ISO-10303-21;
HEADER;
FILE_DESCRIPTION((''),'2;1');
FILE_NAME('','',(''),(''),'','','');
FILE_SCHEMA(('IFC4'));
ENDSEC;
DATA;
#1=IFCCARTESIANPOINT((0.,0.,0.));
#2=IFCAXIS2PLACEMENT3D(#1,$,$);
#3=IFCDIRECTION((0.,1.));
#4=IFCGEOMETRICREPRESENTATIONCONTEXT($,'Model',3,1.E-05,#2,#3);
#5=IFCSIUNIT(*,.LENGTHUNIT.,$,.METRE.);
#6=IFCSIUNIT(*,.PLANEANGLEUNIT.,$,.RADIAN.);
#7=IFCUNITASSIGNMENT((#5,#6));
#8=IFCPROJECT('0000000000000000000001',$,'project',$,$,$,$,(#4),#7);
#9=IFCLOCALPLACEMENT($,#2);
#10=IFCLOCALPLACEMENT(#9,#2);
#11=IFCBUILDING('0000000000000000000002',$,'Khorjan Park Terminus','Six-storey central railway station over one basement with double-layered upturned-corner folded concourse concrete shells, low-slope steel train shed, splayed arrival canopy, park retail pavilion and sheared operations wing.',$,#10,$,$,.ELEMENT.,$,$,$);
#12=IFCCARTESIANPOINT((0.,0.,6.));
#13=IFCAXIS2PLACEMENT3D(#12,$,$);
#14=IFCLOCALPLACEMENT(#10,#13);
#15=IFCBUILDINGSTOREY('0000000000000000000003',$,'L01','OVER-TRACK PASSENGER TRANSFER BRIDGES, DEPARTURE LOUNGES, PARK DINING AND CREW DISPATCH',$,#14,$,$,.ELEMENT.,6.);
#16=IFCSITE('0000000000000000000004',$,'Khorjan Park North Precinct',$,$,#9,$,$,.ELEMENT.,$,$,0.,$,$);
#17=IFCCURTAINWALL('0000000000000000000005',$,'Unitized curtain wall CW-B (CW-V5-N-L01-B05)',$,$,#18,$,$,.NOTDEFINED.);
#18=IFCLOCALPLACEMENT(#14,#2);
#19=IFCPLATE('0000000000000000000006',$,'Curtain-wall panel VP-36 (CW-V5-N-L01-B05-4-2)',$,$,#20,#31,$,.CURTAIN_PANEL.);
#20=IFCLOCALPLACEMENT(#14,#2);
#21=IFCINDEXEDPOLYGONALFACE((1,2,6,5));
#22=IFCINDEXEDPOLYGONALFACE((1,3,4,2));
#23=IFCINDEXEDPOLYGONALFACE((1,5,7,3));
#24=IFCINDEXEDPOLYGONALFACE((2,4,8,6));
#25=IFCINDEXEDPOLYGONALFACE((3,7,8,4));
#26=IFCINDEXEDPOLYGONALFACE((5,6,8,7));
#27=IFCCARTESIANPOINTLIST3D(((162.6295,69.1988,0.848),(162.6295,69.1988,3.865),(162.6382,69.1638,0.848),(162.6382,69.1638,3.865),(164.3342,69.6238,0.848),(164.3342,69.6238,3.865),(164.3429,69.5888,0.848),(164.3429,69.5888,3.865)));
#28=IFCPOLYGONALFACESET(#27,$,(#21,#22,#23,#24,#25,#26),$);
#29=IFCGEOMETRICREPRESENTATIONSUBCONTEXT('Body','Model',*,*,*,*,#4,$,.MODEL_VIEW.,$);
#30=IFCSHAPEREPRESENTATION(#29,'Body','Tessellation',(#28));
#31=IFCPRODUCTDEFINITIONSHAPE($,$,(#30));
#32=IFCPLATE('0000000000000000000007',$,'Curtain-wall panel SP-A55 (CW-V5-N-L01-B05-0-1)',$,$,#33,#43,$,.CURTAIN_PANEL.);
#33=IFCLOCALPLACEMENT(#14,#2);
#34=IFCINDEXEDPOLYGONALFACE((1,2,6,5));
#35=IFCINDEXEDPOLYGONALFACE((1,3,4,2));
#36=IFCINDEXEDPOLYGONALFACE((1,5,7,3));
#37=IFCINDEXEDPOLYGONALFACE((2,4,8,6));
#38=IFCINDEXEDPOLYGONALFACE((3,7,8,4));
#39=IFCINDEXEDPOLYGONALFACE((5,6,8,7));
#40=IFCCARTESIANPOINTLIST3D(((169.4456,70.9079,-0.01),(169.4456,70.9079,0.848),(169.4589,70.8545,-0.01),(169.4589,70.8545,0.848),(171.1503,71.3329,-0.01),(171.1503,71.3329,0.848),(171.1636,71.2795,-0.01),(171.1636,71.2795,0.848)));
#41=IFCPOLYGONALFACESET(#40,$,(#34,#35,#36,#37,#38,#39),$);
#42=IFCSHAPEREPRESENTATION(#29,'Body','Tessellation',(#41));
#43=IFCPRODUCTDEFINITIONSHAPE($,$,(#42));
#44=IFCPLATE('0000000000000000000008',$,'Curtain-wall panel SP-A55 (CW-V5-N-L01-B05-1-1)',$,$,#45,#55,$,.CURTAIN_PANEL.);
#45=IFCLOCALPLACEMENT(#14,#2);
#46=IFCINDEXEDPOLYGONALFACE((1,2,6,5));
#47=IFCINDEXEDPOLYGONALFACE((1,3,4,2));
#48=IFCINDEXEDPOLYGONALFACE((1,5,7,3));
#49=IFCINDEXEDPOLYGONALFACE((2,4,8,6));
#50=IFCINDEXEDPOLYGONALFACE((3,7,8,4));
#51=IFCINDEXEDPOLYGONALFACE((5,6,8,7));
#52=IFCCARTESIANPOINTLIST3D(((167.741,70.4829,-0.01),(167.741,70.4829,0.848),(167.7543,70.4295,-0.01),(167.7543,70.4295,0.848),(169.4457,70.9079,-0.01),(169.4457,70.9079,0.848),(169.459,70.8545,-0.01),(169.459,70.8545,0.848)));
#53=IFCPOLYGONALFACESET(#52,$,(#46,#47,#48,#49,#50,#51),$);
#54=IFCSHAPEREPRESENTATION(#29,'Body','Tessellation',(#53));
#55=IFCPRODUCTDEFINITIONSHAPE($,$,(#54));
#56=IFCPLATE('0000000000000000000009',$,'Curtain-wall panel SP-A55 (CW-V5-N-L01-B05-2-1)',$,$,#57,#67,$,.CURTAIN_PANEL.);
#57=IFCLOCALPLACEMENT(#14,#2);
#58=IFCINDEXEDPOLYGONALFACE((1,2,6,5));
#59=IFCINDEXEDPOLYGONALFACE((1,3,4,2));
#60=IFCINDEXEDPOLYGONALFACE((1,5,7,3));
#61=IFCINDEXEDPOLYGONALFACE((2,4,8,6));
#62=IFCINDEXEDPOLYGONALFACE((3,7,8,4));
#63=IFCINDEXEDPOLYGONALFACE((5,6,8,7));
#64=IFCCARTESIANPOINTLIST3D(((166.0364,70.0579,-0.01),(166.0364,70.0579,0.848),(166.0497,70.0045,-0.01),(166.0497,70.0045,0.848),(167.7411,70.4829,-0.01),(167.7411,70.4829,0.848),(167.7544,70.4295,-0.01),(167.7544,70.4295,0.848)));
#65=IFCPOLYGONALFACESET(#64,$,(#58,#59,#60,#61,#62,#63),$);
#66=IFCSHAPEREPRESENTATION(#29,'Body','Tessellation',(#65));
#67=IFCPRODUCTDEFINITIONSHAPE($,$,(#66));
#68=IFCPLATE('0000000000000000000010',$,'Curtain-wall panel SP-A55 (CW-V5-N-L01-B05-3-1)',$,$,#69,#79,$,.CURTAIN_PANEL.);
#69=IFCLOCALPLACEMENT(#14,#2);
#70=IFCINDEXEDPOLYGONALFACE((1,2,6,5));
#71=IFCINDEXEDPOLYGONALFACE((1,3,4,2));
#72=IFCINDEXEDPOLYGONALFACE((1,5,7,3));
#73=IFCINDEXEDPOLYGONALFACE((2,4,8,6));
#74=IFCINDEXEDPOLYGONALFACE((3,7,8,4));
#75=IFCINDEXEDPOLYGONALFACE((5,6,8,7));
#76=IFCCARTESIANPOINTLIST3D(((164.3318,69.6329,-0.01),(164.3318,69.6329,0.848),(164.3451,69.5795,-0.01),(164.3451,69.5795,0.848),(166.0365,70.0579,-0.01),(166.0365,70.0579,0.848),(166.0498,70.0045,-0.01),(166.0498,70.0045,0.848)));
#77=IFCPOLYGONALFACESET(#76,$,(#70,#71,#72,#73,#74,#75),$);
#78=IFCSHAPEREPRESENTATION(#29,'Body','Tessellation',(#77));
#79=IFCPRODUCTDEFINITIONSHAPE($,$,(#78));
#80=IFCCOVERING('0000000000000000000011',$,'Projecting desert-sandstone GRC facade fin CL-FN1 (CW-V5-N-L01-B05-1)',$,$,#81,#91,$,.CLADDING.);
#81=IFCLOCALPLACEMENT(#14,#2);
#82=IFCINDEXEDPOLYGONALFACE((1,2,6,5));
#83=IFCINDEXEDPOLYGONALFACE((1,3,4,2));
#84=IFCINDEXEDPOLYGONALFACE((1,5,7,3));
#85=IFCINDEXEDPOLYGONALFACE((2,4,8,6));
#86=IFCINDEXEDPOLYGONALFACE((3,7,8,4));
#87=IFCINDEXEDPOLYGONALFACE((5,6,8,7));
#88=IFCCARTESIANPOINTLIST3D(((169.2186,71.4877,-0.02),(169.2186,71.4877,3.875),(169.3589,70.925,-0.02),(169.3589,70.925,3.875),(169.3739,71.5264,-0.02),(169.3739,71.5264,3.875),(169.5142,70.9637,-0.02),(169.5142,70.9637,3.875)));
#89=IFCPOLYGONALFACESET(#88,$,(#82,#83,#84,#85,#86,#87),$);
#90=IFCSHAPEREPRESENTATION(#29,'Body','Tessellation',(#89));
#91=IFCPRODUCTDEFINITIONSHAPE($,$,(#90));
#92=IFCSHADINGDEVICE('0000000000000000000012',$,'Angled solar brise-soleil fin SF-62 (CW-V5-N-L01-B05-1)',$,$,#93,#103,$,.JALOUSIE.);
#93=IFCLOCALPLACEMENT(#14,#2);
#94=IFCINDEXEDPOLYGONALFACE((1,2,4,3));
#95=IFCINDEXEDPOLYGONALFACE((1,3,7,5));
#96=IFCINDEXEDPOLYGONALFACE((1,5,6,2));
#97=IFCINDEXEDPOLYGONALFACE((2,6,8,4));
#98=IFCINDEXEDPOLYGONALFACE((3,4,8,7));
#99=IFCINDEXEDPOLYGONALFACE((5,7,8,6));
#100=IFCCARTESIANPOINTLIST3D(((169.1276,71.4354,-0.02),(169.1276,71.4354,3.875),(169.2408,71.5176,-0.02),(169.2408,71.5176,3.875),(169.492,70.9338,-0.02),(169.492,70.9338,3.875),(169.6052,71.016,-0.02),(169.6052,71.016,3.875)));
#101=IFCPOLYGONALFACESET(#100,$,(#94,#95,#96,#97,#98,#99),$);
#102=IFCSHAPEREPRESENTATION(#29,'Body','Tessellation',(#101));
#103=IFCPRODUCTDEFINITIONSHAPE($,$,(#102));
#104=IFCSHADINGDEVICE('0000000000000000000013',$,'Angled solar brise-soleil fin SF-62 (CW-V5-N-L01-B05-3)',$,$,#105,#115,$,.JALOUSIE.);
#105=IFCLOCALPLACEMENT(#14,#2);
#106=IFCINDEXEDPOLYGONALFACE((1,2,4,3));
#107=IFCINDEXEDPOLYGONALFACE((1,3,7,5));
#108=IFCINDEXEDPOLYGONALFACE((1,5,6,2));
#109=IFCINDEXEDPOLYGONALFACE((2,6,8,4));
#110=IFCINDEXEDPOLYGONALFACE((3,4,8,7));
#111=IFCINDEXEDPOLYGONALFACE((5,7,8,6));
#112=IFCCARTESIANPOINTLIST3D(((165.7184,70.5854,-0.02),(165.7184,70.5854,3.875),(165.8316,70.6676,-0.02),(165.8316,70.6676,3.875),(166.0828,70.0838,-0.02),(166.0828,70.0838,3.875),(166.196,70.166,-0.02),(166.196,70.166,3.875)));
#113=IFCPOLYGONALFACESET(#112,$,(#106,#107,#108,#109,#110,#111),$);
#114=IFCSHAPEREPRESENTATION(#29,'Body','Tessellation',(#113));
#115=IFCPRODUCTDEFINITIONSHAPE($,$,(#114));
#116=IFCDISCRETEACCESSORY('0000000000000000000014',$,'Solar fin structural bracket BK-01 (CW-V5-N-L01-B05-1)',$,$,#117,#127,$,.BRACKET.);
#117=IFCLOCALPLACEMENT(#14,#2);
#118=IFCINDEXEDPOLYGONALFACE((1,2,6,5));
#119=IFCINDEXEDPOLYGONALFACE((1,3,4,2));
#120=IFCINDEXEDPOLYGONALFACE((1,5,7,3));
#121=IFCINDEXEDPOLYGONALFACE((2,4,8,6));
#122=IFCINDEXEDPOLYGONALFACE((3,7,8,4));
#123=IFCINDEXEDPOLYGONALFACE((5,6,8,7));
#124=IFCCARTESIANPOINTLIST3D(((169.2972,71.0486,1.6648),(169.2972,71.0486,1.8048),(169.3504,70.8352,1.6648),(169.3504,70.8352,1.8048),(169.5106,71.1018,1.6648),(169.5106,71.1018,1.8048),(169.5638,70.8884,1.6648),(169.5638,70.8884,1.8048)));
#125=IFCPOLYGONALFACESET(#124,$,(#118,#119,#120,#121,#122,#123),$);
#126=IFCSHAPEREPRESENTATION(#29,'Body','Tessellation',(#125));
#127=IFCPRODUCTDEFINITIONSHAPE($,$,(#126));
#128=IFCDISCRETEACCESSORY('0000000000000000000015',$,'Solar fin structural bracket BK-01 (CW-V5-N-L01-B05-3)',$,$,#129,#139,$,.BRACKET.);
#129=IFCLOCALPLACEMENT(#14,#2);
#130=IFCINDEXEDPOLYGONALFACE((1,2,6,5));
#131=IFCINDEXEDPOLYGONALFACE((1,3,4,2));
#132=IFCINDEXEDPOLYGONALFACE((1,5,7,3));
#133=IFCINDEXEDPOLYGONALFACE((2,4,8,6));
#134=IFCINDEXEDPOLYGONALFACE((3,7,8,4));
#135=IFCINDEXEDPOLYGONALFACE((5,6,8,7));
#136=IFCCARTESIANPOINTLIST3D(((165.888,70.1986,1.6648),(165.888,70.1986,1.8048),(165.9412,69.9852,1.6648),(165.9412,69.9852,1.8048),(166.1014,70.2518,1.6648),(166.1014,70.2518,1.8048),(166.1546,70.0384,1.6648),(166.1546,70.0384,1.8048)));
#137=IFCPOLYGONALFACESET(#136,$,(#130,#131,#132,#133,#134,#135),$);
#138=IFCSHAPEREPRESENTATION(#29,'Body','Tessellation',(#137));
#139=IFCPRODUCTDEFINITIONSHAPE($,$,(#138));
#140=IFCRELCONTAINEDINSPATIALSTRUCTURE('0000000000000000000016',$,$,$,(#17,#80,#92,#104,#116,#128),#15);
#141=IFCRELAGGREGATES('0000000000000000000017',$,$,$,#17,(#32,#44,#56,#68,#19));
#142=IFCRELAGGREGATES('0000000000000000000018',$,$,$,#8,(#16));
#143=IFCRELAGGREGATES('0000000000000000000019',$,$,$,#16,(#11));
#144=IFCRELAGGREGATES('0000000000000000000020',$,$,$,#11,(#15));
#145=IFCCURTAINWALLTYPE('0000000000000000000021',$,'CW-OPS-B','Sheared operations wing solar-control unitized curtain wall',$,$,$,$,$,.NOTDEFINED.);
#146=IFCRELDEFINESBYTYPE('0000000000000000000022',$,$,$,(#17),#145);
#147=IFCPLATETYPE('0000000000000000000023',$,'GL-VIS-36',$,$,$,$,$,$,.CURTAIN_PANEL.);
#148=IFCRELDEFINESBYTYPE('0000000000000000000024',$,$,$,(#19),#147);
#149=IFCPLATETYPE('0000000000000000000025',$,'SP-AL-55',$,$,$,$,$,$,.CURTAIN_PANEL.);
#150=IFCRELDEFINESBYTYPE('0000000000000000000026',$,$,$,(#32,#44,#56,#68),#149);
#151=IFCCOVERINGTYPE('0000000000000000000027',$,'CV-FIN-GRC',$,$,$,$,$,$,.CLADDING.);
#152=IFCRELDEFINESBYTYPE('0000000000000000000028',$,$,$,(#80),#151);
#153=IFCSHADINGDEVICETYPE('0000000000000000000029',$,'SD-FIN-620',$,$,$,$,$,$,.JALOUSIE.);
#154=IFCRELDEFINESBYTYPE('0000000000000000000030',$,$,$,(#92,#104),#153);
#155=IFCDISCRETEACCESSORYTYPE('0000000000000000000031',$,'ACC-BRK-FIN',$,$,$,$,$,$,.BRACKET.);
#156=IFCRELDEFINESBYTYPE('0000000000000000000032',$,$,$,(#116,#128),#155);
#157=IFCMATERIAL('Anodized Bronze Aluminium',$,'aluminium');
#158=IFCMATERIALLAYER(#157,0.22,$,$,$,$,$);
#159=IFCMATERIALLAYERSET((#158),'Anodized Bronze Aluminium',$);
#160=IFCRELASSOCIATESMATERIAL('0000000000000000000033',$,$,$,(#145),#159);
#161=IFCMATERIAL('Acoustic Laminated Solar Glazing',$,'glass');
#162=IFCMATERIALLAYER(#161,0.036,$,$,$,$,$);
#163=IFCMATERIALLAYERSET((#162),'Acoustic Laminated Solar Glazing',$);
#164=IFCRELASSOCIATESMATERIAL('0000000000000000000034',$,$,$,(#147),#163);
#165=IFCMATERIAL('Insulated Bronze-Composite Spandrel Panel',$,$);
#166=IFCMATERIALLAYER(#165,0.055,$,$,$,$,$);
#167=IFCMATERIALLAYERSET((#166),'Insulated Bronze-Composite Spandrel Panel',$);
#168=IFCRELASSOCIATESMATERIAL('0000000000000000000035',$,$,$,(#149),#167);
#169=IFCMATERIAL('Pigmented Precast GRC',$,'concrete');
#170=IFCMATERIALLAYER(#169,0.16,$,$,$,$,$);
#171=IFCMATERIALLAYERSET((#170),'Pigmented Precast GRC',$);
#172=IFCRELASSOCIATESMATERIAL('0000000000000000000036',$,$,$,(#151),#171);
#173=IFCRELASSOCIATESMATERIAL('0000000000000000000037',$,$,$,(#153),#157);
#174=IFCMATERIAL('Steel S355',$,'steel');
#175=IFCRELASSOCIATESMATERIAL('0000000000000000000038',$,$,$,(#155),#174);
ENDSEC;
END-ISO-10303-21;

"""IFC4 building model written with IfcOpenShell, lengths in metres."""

from ifc_helpers import new_model, si_unit, direction, frame, origin, origin_2d, place, context, subcontext, project, spatial, rectangle, extrude, material, layer, layer_set, type_object, element, aggregate, save


model = new_model("IFC4")

# Units and contexts
model_context = context("Model", 3, precision=1e-05, world=origin(), true_north=direction((0.0, 1.0)))
body_context = subcontext(model_context, "Body", "Model", "MODEL_VIEW")
ifc_project = project(units=[si_unit("LENGTHUNIT", "METRE"), si_unit("PLANEANGLEUNIT", "RADIAN")], contexts=[model_context])

# Site, building, storey
site_placement = place(None, origin())
site = spatial("IfcSite", under=ifc_project, at=site_placement, Name="Khorjan Park North Precinct", CompositionType="ELEMENT", RefElevation=0.0)
building_placement = place(site_placement, origin())
building = spatial("IfcBuilding", under=site, at=building_placement, Name="Khorjan Park Terminus", Description="Six-storey central railway station over one basement with double-layered upturned-corner folded concourse concrete shells, low-slope steel train shed, splayed arrival canopy, park retail pavilion and sheared operations wing.", CompositionType="ELEMENT")
storey_placement = place(building_placement, frame((0.0, 0.0, 6.0)))
storey = spatial("IfcBuildingStorey", under=building, at=storey_placement, Name="L01", Description="OVER-TRACK PASSENGER TRANSFER BRIDGES, DEPARTURE LOUNGES, PARK DINING AND CREW DISPATCH", CompositionType="ELEMENT", Elevation=6.0)

# Curtain wall, plates
ifc_material_1 = material(Name="Anodized Bronze Aluminium", Category="aluminium")
ifc_layer_1 = layer(ifc_material_1, 0.22)
ifc_layer_set_1 = layer_set([ifc_layer_1], Name="Anodized Bronze Aluminium")
curtain_wall_type = type_object("IfcCurtainWallType", Name="CW-OPS-B", Description="Sheared operations wing solar-control unitized curtain wall", PredefinedType="NOTDEFINED", material=ifc_layer_set_1)
curtain_wall_placement = place(storey_placement, origin())
curtain_wall = element("IfcCurtainWall", 1, at=curtain_wall_placement, inside=storey, type_object=curtain_wall_type, Name="Unitized curtain wall CW-B (CW-V5-N-L01-B05)", PredefinedType="NOTDEFINED")
ifc_material_2 = material(Name="Acoustic Laminated Solar Glazing", Category="glass")
ifc_layer_2 = layer(ifc_material_2, 0.036)
ifc_layer_set_2 = layer_set([ifc_layer_2], Name="Acoustic Laminated Solar Glazing")
plate_type_1 = type_object("IfcPlateType", Name="GL-VIS-36", PredefinedType="CURTAIN_PANEL", material=ifc_layer_set_2)
plate_1_placement = place(storey_placement, frame((163.4862, 69.3938, 0.848), z_axis=(0.0, 0.0, 1.0), x_axis=(-0.970299, -0.241911, 0.0)))
plate_1 = element("IfcPlate", 2, at=plate_1_placement, type_object=plate_type_1, Name="Curtain-wall panel VP-36 (CW-V5-N-L01-B05-4-2)", PredefinedType="CURTAIN_PANEL", context=body_context, shape_type="SweptSolid", body=[
    extrude(rectangle(XDim=1.7568, YDim=0.036, at=origin_2d()), origin(), (0.0, 0.0, 1.0), 3.017),
])
ifc_material_3 = material(Name="Insulated Bronze-Composite Spandrel Panel")
ifc_layer_3 = layer(ifc_material_3, 0.055)
ifc_layer_set_3 = layer_set([ifc_layer_3], Name="Insulated Bronze-Composite Spandrel Panel")
plate_type_2 = type_object("IfcPlateType", Name="SP-AL-55", PredefinedType="CURTAIN_PANEL", material=ifc_layer_set_3)
plate_2_placement = place(storey_placement, frame((170.3046, 71.0937, -0.01), z_axis=(0.0, 0.0, 1.0), x_axis=(-0.970299, -0.241911, 0.0)))
plate_2 = element("IfcPlate", 3, at=plate_2_placement, type_object=plate_type_2, Name="Curtain-wall panel SP-A55 (CW-V5-N-L01-B05-0-1)", PredefinedType="CURTAIN_PANEL", context=body_context, shape_type="SweptSolid", body=[
    extrude(rectangle(XDim=1.7568, YDim=0.055, at=origin_2d()), origin(), (0.0, 0.0, 1.0), 0.858),
])
plate_3_placement = place(storey_placement, frame((168.6, 70.6687, -0.01), z_axis=(0.0, 0.0, 1.0), x_axis=(-0.970299, -0.241911, 0.0)))
plate_3 = element("IfcPlate", 4, at=plate_3_placement, type_object=plate_type_2, Name="Curtain-wall panel SP-A55 (CW-V5-N-L01-B05-1-1)", PredefinedType="CURTAIN_PANEL", context=body_context, shape_type="SweptSolid", body=[
    extrude(rectangle(XDim=1.7568, YDim=0.055, at=origin_2d()), origin(), (0.0, 0.0, 1.0), 0.858),
])
plate_4_placement = place(storey_placement, frame((166.8954, 70.2437, -0.01), z_axis=(0.0, 0.0, 1.0), x_axis=(-0.970299, -0.241911, 0.0)))
plate_4 = element("IfcPlate", 5, at=plate_4_placement, type_object=plate_type_2, Name="Curtain-wall panel SP-A55 (CW-V5-N-L01-B05-2-1)", PredefinedType="CURTAIN_PANEL", context=body_context, shape_type="SweptSolid", body=[
    extrude(rectangle(XDim=1.7568, YDim=0.055, at=origin_2d()), origin(), (0.0, 0.0, 1.0), 0.858),
])
plate_5_placement = place(storey_placement, frame((165.1908, 69.8187, -0.01), z_axis=(0.0, 0.0, 1.0), x_axis=(-0.970299, -0.241911, 0.0)))
plate_5 = element("IfcPlate", 6, at=plate_5_placement, type_object=plate_type_2, Name="Curtain-wall panel SP-A55 (CW-V5-N-L01-B05-3-1)", PredefinedType="CURTAIN_PANEL", context=body_context, shape_type="SweptSolid", body=[
    extrude(rectangle(XDim=1.7568, YDim=0.055, at=origin_2d()), origin(), (0.0, 0.0, 1.0), 0.858),
])
aggregate(curtain_wall, [plate_2, plate_3, plate_4, plate_5, plate_1])

# Covering
ifc_material_4 = material(Name="Pigmented Precast GRC", Category="concrete")
ifc_layer_4 = layer(ifc_material_4, 0.16)
ifc_layer_set_4 = layer_set([ifc_layer_4], Name="Pigmented Precast GRC")
covering_type = type_object("IfcCoveringType", Name="CV-FIN-GRC", PredefinedType="CLADDING", material=ifc_layer_set_4)
covering_placement = place(storey_placement, frame((169.3664, 71.2257, -0.02), z_axis=(0.0, 0.0, 1.0), x_axis=(0.241922, -0.970296, 0.0)))
element("IfcCovering", 7, at=covering_placement, inside=storey, type_object=covering_type, Name="Projecting desert-sandstone GRC facade fin CL-FN1 (CW-V5-N-L01-B05-1)", PredefinedType="CLADDING", context=body_context, shape_type="SweptSolid", body=[
    extrude(rectangle(XDim=0.58, YDim=0.16, at=origin_2d()), origin(), (0.0, 0.0, 1.0), 3.895),
])

# Shading devices
shading_device_type = type_object("IfcShadingDeviceType", Name="SD-FIN-620", PredefinedType="JALOUSIE", material=ifc_material_1)
for number, where, z_axis, x_axis, name in (
    (8, (169.3664, 71.2257, -0.02), (0.0, 0.0, 1.0), (0.587785, -0.809017, 0.0), "Angled solar brise-soleil fin SF-62 (CW-V5-N-L01-B05-1)"),
    (9, (165.9572, 70.3757, -0.02), (0.0, 0.0, 1.0), (0.587785, -0.809017, 0.0), "Angled solar brise-soleil fin SF-62 (CW-V5-N-L01-B05-3)"),
):
    element("IfcShadingDevice", number, at=place(storey_placement, frame(where, z_axis=z_axis, x_axis=x_axis)), inside=storey, type_object=shading_device_type, Name=name, PredefinedType="JALOUSIE", context=body_context, shape_type="SweptSolid", body=[
        extrude(rectangle(XDim=0.62, YDim=0.14, at=origin_2d()), origin(), (0.0, 0.0, 1.0), 3.895),
    ])

# Discrete accessories
ifc_material_5 = material(Name="Steel S355", Category="steel")
discrete_accessory_type = type_object("IfcDiscreteAccessoryType", Name="ACC-BRK-FIN", PredefinedType="BRACKET", material=ifc_material_5)
for number, where, z_axis, x_axis, name in (
    (10, (169.4305, 70.9685, 1.6648), (0.0, 0.0, 1.0), (-0.970299, -0.241911, 0.0), "Solar fin structural bracket BK-01 (CW-V5-N-L01-B05-1)"),
    (11, (166.0213, 70.1185, 1.6648), (0.0, 0.0, 1.0), (-0.970299, -0.241911, 0.0), "Solar fin structural bracket BK-01 (CW-V5-N-L01-B05-3)"),
):
    element("IfcDiscreteAccessory", number, at=place(storey_placement, frame(where, z_axis=z_axis, x_axis=x_axis)), inside=storey, type_object=discrete_accessory_type, Name=name, PredefinedType="BRACKET", context=body_context, shape_type="SweptSolid", body=[
        extrude(rectangle(XDim=0.22, YDim=0.22, at=origin_2d()), origin(), (0.0, 0.0, 1.0), 0.14),
    ])

save(model, "model.ifc")
